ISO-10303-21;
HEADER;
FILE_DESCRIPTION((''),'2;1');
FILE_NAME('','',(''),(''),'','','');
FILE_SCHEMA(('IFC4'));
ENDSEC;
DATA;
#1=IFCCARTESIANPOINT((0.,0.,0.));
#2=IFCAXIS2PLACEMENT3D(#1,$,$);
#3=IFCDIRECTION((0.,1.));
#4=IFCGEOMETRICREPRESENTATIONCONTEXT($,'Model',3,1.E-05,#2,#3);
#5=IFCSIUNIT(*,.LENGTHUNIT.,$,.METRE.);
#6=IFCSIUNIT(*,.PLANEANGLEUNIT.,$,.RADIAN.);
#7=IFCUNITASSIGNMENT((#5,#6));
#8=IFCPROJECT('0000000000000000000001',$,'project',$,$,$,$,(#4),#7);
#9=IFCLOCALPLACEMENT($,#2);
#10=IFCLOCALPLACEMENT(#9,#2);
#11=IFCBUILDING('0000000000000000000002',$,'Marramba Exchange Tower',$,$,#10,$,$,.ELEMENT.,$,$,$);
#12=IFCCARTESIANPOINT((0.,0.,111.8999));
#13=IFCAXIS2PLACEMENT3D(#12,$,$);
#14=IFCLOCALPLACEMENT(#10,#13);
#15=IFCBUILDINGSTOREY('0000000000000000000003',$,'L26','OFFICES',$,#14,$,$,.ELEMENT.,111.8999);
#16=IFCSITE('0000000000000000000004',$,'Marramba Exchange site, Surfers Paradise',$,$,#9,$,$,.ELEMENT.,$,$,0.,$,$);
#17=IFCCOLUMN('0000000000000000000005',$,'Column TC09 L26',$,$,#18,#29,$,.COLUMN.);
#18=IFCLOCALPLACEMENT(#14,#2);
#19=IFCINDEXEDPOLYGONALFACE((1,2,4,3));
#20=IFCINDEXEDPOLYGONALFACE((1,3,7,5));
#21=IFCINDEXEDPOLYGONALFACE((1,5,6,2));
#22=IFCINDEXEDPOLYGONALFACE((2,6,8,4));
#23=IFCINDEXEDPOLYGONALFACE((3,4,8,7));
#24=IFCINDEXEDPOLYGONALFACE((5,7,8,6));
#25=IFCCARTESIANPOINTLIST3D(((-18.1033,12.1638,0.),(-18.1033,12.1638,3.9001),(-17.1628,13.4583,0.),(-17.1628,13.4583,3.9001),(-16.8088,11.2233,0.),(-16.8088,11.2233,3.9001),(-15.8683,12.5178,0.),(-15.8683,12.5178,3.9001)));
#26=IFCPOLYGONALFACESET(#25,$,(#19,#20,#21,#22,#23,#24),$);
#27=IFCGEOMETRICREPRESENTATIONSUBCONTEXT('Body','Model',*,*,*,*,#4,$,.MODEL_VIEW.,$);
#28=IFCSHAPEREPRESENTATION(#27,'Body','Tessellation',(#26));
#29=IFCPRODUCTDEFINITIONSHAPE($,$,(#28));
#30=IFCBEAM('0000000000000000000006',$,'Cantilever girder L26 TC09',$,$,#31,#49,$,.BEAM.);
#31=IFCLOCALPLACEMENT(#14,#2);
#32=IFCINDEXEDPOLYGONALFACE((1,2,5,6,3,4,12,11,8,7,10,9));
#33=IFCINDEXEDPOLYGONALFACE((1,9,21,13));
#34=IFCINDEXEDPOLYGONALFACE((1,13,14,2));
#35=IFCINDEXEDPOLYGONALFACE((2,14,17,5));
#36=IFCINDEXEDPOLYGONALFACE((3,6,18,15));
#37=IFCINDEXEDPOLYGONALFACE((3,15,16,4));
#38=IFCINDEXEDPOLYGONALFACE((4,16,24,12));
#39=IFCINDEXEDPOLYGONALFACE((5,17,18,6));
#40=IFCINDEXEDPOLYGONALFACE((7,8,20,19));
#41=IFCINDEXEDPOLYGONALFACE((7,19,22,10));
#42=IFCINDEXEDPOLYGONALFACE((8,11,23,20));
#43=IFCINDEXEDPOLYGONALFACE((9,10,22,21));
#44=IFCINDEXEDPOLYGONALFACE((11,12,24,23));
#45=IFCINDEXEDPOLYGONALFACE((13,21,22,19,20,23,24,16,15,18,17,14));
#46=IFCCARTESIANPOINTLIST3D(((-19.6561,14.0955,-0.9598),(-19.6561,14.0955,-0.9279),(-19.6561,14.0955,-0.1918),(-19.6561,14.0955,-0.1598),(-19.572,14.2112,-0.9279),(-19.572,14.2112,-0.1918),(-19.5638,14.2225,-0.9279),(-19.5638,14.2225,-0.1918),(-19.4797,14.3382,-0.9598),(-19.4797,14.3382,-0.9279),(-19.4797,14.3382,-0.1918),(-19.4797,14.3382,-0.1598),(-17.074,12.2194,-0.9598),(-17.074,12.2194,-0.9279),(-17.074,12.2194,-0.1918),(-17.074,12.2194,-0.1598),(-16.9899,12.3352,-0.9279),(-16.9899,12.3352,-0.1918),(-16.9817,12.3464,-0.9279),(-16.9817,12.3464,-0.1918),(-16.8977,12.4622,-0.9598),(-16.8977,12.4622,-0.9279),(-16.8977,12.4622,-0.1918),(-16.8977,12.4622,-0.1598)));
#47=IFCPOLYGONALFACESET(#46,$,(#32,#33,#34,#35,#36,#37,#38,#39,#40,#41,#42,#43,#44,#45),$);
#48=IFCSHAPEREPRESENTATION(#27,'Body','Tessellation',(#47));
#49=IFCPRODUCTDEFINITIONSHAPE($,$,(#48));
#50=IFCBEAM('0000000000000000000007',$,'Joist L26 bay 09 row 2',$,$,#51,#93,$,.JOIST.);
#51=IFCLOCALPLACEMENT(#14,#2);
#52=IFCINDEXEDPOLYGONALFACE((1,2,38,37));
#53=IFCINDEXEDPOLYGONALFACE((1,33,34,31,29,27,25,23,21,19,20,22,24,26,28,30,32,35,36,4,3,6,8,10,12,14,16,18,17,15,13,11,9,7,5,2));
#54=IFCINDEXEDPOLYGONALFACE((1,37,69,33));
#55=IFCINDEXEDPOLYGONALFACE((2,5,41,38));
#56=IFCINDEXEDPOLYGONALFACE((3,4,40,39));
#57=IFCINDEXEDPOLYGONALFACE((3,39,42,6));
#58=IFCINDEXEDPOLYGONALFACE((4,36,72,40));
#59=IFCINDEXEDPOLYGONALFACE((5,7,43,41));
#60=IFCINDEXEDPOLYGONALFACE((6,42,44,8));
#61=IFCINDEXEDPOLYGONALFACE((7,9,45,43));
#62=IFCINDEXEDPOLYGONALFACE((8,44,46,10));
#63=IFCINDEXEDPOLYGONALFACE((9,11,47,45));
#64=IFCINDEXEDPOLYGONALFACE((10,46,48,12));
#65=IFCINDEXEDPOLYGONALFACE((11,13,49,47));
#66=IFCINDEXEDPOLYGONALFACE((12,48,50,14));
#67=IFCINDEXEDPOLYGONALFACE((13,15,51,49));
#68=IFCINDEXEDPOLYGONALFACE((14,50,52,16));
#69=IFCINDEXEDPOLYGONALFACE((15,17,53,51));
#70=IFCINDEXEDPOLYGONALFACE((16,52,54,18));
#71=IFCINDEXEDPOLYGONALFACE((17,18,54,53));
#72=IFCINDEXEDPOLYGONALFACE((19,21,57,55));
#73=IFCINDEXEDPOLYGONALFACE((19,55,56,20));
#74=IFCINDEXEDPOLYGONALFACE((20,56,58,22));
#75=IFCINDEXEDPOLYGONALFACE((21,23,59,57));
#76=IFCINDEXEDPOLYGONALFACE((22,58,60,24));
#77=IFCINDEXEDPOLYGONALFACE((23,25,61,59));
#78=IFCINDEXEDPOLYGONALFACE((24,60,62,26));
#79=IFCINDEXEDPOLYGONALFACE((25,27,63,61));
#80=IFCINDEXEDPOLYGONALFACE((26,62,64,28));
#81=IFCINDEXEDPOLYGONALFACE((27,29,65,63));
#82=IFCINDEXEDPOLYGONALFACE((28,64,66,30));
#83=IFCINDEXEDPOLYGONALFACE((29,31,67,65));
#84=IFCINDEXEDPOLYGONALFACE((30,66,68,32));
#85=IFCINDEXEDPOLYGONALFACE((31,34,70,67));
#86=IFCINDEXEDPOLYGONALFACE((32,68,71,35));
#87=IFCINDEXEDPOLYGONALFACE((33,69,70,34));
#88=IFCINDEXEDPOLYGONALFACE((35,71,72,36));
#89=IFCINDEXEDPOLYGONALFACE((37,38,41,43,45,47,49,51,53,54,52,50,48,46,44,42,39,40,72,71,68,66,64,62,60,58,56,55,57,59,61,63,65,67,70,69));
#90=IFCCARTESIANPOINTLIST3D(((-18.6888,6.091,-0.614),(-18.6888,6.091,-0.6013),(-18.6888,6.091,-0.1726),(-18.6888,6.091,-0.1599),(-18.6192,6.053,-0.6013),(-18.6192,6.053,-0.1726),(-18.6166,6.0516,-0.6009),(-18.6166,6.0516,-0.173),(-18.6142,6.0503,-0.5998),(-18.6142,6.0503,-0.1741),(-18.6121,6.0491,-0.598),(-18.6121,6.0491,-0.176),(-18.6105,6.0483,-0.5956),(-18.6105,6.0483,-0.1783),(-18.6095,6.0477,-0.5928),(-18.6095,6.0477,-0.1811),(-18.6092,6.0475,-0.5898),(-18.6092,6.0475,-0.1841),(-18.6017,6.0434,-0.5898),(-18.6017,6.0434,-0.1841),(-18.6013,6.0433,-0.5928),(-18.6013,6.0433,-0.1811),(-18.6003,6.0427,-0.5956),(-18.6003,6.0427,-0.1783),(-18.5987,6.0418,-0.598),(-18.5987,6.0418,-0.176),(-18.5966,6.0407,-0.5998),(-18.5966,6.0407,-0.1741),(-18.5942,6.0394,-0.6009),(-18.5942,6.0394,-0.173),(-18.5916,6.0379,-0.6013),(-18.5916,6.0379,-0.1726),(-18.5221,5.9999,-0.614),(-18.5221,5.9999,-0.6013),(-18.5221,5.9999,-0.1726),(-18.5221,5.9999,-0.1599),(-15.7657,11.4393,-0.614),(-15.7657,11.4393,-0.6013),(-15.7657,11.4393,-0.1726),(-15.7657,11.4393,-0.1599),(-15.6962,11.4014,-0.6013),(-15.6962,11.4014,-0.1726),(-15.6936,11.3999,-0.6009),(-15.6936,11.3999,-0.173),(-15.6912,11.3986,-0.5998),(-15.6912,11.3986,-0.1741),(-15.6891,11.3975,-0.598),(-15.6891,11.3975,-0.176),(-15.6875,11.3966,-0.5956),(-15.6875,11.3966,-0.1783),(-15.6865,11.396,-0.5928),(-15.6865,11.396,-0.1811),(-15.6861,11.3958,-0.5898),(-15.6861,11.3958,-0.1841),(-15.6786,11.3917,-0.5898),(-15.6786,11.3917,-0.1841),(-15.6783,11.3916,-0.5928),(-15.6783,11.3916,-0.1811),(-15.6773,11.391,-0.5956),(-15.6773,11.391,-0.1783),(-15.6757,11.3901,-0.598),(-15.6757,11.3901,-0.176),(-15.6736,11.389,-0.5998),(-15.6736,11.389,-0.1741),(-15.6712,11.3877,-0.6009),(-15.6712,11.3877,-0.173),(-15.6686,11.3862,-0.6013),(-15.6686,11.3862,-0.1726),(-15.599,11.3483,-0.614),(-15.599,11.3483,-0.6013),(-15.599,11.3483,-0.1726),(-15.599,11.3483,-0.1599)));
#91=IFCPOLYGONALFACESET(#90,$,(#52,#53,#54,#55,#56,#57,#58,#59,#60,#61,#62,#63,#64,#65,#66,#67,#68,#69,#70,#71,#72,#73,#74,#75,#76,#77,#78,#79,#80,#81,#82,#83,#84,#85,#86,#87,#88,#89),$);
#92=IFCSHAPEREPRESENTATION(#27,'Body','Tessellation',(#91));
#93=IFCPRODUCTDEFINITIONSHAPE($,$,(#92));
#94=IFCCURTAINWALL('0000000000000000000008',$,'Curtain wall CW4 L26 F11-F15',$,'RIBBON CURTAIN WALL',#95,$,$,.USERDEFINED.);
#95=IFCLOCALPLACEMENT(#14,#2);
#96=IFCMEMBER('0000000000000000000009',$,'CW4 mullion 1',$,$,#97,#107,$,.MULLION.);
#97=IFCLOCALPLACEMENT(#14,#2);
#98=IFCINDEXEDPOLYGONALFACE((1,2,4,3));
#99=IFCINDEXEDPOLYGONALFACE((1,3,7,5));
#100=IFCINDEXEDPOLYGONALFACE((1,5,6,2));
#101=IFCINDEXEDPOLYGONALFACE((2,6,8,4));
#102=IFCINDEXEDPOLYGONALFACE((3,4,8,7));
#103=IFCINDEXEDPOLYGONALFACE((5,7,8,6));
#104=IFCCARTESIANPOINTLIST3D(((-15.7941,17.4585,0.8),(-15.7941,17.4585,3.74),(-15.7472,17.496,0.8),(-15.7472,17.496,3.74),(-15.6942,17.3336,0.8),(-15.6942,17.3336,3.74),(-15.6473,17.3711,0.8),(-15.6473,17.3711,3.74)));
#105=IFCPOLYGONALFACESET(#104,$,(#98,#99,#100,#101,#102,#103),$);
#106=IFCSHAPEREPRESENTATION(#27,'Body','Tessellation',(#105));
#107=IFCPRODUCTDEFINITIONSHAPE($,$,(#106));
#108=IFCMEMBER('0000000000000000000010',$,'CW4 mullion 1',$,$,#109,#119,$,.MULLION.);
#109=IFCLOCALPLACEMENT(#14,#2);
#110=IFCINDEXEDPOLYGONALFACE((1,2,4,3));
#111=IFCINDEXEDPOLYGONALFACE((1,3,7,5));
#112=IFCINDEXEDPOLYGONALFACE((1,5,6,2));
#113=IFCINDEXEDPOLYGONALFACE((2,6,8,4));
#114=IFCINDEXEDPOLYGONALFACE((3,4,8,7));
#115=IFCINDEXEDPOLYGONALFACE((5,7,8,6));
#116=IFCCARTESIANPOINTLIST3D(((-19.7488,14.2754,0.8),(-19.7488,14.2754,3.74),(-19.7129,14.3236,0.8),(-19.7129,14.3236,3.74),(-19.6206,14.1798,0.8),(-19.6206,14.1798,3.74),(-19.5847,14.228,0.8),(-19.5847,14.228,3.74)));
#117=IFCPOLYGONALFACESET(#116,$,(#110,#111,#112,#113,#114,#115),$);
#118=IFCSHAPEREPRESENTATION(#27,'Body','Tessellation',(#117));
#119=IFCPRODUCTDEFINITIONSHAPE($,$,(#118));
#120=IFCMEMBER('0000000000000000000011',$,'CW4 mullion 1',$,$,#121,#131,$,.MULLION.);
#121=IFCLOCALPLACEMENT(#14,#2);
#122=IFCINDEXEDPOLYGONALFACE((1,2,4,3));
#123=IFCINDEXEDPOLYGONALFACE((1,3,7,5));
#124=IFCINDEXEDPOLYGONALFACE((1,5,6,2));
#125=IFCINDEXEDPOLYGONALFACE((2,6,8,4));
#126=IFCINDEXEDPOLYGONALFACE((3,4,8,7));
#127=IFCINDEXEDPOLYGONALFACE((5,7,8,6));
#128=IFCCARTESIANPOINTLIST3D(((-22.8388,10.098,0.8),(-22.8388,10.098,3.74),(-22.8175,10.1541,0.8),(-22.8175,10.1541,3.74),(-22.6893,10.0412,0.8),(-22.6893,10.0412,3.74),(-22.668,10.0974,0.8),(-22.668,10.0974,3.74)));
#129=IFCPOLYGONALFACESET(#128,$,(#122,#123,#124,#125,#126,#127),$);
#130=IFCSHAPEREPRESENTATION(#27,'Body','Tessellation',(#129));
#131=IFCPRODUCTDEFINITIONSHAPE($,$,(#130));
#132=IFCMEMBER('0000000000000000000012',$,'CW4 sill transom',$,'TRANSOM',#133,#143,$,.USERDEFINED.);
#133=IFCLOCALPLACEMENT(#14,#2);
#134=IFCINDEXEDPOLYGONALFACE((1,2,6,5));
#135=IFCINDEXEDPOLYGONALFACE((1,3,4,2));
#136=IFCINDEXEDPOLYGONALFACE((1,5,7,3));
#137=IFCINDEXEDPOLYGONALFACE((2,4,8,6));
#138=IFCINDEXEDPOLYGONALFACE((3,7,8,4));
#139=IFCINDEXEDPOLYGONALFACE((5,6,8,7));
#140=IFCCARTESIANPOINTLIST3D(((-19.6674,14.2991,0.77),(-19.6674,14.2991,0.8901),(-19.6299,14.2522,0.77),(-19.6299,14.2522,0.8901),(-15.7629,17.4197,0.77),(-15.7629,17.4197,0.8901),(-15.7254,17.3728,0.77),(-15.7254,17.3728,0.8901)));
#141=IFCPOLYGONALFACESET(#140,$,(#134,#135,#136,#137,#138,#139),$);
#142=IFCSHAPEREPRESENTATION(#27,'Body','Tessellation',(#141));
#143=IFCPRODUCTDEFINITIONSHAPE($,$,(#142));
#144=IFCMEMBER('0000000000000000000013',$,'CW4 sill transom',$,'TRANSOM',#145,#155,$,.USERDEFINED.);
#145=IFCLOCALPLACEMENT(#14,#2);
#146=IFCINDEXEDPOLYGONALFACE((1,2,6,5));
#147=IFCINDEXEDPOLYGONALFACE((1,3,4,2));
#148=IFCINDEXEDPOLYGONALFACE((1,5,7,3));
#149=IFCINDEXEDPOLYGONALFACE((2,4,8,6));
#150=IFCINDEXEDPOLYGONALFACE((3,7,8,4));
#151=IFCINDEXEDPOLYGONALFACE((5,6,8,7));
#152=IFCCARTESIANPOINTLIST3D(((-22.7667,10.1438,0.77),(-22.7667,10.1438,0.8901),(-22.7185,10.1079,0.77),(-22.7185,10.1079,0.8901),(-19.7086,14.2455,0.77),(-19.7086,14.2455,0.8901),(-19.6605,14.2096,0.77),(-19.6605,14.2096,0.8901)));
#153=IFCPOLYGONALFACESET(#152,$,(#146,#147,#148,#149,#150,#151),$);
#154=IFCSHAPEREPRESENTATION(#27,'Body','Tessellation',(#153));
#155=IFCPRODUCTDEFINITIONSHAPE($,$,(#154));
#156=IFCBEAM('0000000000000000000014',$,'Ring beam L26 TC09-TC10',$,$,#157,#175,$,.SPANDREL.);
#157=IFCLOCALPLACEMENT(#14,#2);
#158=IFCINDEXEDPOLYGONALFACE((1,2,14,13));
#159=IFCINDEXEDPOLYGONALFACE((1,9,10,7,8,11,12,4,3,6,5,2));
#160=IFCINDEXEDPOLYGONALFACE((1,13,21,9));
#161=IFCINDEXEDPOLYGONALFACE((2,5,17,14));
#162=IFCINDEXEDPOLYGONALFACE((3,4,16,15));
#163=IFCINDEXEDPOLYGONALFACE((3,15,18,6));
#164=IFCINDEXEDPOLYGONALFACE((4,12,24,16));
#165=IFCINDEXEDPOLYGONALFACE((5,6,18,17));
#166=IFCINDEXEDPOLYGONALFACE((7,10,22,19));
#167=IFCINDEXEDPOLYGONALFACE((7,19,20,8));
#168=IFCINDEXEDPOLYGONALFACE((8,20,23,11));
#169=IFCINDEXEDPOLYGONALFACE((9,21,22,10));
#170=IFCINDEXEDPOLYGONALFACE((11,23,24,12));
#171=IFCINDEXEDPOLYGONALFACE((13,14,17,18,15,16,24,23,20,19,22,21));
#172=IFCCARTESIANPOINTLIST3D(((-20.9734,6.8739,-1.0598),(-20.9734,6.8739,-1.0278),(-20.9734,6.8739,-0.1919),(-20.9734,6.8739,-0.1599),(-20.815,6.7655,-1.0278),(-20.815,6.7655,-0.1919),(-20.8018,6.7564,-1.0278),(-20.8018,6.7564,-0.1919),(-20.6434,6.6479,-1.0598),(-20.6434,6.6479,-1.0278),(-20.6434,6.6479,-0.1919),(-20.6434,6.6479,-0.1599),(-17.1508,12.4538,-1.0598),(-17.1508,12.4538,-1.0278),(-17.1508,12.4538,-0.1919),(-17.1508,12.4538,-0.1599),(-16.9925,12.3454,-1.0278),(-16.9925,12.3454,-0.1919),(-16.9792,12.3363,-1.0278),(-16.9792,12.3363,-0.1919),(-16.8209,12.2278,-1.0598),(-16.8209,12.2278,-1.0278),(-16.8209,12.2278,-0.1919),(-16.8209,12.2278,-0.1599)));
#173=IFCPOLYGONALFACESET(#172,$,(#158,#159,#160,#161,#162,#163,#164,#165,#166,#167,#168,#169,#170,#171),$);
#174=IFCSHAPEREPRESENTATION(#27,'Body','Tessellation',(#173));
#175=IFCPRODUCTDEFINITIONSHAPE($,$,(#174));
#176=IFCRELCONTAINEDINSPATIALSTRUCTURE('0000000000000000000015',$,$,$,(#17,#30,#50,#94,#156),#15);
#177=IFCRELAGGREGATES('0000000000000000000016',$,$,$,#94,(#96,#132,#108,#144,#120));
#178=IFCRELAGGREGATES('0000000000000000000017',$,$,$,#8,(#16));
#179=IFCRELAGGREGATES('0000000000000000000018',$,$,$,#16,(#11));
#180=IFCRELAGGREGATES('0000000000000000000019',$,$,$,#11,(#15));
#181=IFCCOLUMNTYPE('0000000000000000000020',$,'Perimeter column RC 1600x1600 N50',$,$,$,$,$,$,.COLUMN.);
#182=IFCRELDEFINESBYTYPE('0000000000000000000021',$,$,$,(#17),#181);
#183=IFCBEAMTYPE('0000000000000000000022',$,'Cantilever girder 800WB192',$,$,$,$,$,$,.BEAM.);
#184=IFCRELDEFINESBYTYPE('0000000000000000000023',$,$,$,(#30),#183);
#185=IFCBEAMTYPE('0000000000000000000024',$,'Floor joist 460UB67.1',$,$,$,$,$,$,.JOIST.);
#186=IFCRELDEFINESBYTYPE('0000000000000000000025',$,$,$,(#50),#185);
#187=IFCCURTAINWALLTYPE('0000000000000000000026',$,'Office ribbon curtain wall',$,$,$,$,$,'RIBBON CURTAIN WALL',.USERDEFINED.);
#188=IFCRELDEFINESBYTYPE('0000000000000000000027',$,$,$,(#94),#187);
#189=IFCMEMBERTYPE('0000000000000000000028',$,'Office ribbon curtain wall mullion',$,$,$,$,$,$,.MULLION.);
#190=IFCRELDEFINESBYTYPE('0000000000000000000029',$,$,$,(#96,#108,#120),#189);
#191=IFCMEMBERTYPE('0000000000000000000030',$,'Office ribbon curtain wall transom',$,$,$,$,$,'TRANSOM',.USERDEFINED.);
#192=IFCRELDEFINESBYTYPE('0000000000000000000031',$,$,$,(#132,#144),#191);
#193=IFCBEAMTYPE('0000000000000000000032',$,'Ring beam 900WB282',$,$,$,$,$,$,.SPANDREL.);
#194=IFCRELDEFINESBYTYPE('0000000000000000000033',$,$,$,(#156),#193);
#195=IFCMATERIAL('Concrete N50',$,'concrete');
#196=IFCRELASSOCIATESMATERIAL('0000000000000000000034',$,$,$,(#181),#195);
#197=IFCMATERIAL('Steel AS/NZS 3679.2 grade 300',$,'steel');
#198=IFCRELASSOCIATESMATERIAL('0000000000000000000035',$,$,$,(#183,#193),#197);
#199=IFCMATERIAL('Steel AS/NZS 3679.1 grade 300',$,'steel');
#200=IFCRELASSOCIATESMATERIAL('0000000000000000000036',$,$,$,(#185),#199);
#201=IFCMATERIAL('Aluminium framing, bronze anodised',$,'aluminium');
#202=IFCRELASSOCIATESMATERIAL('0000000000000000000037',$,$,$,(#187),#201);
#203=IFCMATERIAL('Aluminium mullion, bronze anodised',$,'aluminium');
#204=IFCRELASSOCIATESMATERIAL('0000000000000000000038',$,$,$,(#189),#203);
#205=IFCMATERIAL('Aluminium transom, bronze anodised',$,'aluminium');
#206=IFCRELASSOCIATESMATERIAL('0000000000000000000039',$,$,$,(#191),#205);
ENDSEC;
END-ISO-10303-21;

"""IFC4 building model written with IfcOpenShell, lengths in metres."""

from ifc_helpers import new_model, si_unit, direction, frame, origin, origin_2d, place, context, subcontext, project, spatial, rectangle, i_section, extrude, material, material_profile, profile_set, type_object, element, aggregate, save


model = new_model("IFC4")

# Units and contexts
model_context = context("Model", 3, precision=1e-05, world=origin(), true_north=direction((0.0, 1.0)))
body_context = subcontext(model_context, "Body", "Model", "MODEL_VIEW")
ifc_project = project(units=[si_unit("LENGTHUNIT", "METRE"), si_unit("PLANEANGLEUNIT", "RADIAN")], contexts=[model_context])

# Site, building, storey
site_placement = place(None, origin())
site = spatial("IfcSite", under=ifc_project, at=site_placement, Name="Marramba Exchange site, Surfers Paradise", CompositionType="ELEMENT", RefElevation=0.0)
building_placement = place(site_placement, origin())
building = spatial("IfcBuilding", under=site, at=building_placement, Name="Marramba Exchange Tower", CompositionType="ELEMENT")
storey_placement = place(building_placement, frame((0.0, 0.0, 111.8999)))
storey = spatial("IfcBuildingStorey", under=building, at=storey_placement, Name="L26", Description="OFFICES", CompositionType="ELEMENT", Elevation=111.8999)

# Column
ifc_material_1 = material(Name="Concrete N50", Category="concrete")
ifc_material_profile_1 = material_profile(ifc_material_1, rectangle(XDim=1.6001, YDim=1.6001, at=origin_2d()), Name="RC 1600x1600")
ifc_profile_set_1 = profile_set([ifc_material_profile_1], Name="Concrete N50")
column_type = type_object("IfcColumnType", Name="Perimeter column RC 1600x1600 N50", PredefinedType="COLUMN", material=ifc_profile_set_1)
column_placement = place(storey_placement, frame((-16.9858, 12.3408, 0.0), z_axis=(0.0, 0.0, 1.0), x_axis=(-0.809017, 0.587785, 0.0)))
element("IfcColumn", 1, at=column_placement, inside=storey, type_object=column_type, Name="Column TC09 L26", PredefinedType="COLUMN", context=body_context, shape_type="SweptSolid", body=[
    extrude(rectangle(XDim=1.6001, YDim=1.6001, at=origin_2d()), origin(), (0.0, 0.0, 1.0), 3.9001),
])

# Beams
ifc_material_2 = material(Name="Steel AS/NZS 3679.2 grade 300", Category="steel")
ifc_material_profile_2 = material_profile(ifc_material_2, i_section(OverallWidth=0.3, OverallDepth=0.8, WebThickness=0.0139, FlangeThickness=0.032, at=origin_2d()), Name="800WB192")
ifc_profile_set_2 = profile_set([ifc_material_profile_2], Name="Steel AS/NZS 3679.2 grade 300")
beam_type_1 = type_object("IfcBeamType", Name="Cantilever girder 800WB192", PredefinedType="BEAM", material=ifc_profile_set_2)
beam_1_placement = place(storey_placement, frame((-16.9858, 12.3408, -0.5598), z_axis=(-0.809014, 0.58779, 0.0), x_axis=(-0.58779, -0.809014, 0.0)))
element("IfcBeam", 2, at=beam_1_placement, inside=storey, type_object=beam_type_1, Name="Cantilever girder L26 TC09", PredefinedType="BEAM", context=body_context, shape_type="SweptSolid", body=[
    extrude(i_section(OverallWidth=0.3, OverallDepth=0.8, WebThickness=0.0139, FlangeThickness=0.032, at=origin_2d()), origin(), (0.0, 0.0, 1.0), 3.1917),
])
ifc_material_3 = material(Name="Steel AS/NZS 3679.1 grade 300", Category="steel")
ifc_material_profile_3 = material_profile(ifc_material_3, i_section(OverallWidth=0.1899, OverallDepth=0.4541, WebThickness=0.0085, FlangeThickness=0.0127, FilletRadius=0.0115, at=origin_2d()), Name="460UB67.1")
ifc_profile_set_3 = profile_set([ifc_material_profile_3], Name="Steel AS/NZS 3679.1 grade 300")
beam_type_2 = type_object("IfcBeamType", Name="Floor joist 460UB67.1", PredefinedType="JOIST", material=ifc_profile_set_3)
beam_2_placement = place(storey_placement, frame((-15.6824, 11.3938, -0.387), z_axis=(-0.479584, -0.877496, 0.0), x_axis=(0.877496, -0.479584, 0.0)))
element("IfcBeam", 3, at=beam_2_placement, inside=storey, type_object=beam_type_2, Name="Joist L26 bay 09 row 2", PredefinedType="JOIST", context=body_context, shape_type="SweptSolid", body=[
    extrude(i_section(OverallWidth=0.1899, OverallDepth=0.4541, WebThickness=0.0085, FlangeThickness=0.0127, FilletRadius=0.0115, at=origin_2d()), origin(), (0.0, 0.0, 1.0), 6.095),
])

# Curtain wall, members
ifc_material_4 = material(Name="Aluminium framing, bronze anodised", Category="aluminium")
curtain_wall_type = type_object("IfcCurtainWallType", Name="Office ribbon curtain wall", ElementType="RIBBON CURTAIN WALL", PredefinedType="USERDEFINED", material=ifc_material_4)
curtain_wall_placement = place(storey_placement, origin())
curtain_wall = element("IfcCurtainWall", 4, at=curtain_wall_placement, inside=storey, type_object=curtain_wall_type, Name="Curtain wall CW4 L26 F11-F15", ObjectType="RIBBON CURTAIN WALL", PredefinedType="USERDEFINED")
ifc_material_5 = material(Name="Aluminium mullion, bronze anodised", Category="aluminium")
ifc_material_profile_4 = material_profile(ifc_material_5, rectangle(XDim=0.1599, YDim=0.0601, at=origin_2d()), Name="CW4 mullion 60x160")
ifc_profile_set_4 = profile_set([ifc_material_profile_4], Name="Aluminium mullion, bronze anodised")
member_type_1 = type_object("IfcMemberType", Name="Office ribbon curtain wall mullion", PredefinedType="MULLION", material=ifc_profile_set_4)
member_1_placement = place(storey_placement, frame((-15.7207, 17.4148, 0.8), z_axis=(0.0, 0.0, 1.0), x_axis=(0.624308, -0.781178, 0.0)))
member_1 = element("IfcMember", 5, at=member_1_placement, type_object=member_type_1, Name="CW4 mullion 1", PredefinedType="MULLION", context=body_context, shape_type="SweptSolid", body=[
    extrude(rectangle(XDim=0.1599, YDim=0.0601, at=origin_2d()), origin(), (0.0, 0.0, 1.0), 2.9399),
])
member_2_placement = place(storey_placement, frame((-19.6667, 14.2517, 0.8), z_axis=(0.0, 0.0, 1.0), x_axis=(0.801717, -0.597704, 0.0)))
member_2 = element("IfcMember", 6, at=member_2_placement, type_object=member_type_1, Name="CW4 mullion 1", PredefinedType="MULLION", context=body_context, shape_type="SweptSolid", body=[
    extrude(rectangle(XDim=0.1599, YDim=0.0601, at=origin_2d()), origin(), (0.0, 0.0, 1.0), 2.9399),
])
member_3_placement = place(storey_placement, frame((-22.7534, 10.0977, 0.8), z_axis=(0.0, 0.0, 1.0), x_axis=(0.934925, -0.354844, 0.0)))
member_3 = element("IfcMember", 7, at=member_3_placement, type_object=member_type_1, Name="CW4 mullion 1", PredefinedType="MULLION", context=body_context, shape_type="SweptSolid", body=[
    extrude(rectangle(XDim=0.1599, YDim=0.0601, at=origin_2d()), origin(), (0.0, 0.0, 1.0), 2.9399),
])
ifc_material_6 = material(Name="Aluminium transom, bronze anodised", Category="aluminium")
ifc_material_profile_5 = material_profile(ifc_material_6, rectangle(XDim=0.0601, YDim=0.1201, at=origin_2d()), Name="CW4 transom 60x120")
ifc_profile_set_5 = profile_set([ifc_material_profile_5], Name="Aluminium transom, bronze anodised")
member_type_2 = type_object("IfcMemberType", Name="Office ribbon curtain wall transom", ElementType="TRANSOM", PredefinedType="USERDEFINED", material=ifc_profile_set_5)
member_4_placement = place(storey_placement, frame((-15.7441, 17.3962, 0.8301), z_axis=(-0.781164, -0.624326, 0.0), x_axis=(0.624326, -0.781164, 0.0)))
member_4 = element("IfcMember", 8, at=member_4_placement, type_object=member_type_2, Name="CW4 sill transom", ObjectType="TRANSOM", PredefinedType="USERDEFINED", context=body_context, shape_type="SweptSolid", body=[
    extrude(rectangle(XDim=0.0601, YDim=0.1201, at=origin_2d()), origin(), (0.0, 0.0, 1.0), 4.9983),
])
member_5_placement = place(storey_placement, frame((-19.6846, 14.2275, 0.8301), z_axis=(-0.597715, -0.801709, 0.0), x_axis=(0.801709, -0.597715, 0.0)))
member_5 = element("IfcMember", 9, at=member_5_placement, type_object=member_type_2, Name="CW4 sill transom", ObjectType="TRANSOM", PredefinedType="USERDEFINED", context=body_context, shape_type="SweptSolid", body=[
    extrude(rectangle(XDim=0.0601, YDim=0.1201, at=origin_2d()), origin(), (0.0, 0.0, 1.0), 5.1162),
])

# Beam
ifc_material_profile_6 = material_profile(ifc_material_2, i_section(OverallWidth=0.3999, OverallDepth=0.8999, WebThickness=0.0161, FlangeThickness=0.032, at=origin_2d()), Name="900WB282")
ifc_profile_set_6 = profile_set([ifc_material_profile_6], Name="Steel AS/NZS 3679.2 grade 300")
beam_type_3 = type_object("IfcBeamType", Name="Ring beam 900WB282", PredefinedType="SPANDREL", material=ifc_profile_set_6)
beam_3_placement = place(storey_placement, frame((-16.9858, 12.3408, -0.6099), z_axis=(-0.56516, -0.824981, 0.0), x_axis=(0.824981, -0.56516, 0.0)))
element("IfcBeam", 10, at=beam_3_placement, inside=storey, type_object=beam_type_3, Name="Ring beam L26 TC09-TC10", PredefinedType="SPANDREL", context=body_context, shape_type="SweptSolid", body=[
    extrude(i_section(OverallWidth=0.3999, OverallDepth=0.8999, WebThickness=0.0161, FlangeThickness=0.032, at=origin_2d()), origin(), (0.0, 0.0, 1.0), 6.7637),
])

aggregate(curtain_wall, [member_1, member_4, member_2, member_5, member_3])

save(model, "model.ifc")
